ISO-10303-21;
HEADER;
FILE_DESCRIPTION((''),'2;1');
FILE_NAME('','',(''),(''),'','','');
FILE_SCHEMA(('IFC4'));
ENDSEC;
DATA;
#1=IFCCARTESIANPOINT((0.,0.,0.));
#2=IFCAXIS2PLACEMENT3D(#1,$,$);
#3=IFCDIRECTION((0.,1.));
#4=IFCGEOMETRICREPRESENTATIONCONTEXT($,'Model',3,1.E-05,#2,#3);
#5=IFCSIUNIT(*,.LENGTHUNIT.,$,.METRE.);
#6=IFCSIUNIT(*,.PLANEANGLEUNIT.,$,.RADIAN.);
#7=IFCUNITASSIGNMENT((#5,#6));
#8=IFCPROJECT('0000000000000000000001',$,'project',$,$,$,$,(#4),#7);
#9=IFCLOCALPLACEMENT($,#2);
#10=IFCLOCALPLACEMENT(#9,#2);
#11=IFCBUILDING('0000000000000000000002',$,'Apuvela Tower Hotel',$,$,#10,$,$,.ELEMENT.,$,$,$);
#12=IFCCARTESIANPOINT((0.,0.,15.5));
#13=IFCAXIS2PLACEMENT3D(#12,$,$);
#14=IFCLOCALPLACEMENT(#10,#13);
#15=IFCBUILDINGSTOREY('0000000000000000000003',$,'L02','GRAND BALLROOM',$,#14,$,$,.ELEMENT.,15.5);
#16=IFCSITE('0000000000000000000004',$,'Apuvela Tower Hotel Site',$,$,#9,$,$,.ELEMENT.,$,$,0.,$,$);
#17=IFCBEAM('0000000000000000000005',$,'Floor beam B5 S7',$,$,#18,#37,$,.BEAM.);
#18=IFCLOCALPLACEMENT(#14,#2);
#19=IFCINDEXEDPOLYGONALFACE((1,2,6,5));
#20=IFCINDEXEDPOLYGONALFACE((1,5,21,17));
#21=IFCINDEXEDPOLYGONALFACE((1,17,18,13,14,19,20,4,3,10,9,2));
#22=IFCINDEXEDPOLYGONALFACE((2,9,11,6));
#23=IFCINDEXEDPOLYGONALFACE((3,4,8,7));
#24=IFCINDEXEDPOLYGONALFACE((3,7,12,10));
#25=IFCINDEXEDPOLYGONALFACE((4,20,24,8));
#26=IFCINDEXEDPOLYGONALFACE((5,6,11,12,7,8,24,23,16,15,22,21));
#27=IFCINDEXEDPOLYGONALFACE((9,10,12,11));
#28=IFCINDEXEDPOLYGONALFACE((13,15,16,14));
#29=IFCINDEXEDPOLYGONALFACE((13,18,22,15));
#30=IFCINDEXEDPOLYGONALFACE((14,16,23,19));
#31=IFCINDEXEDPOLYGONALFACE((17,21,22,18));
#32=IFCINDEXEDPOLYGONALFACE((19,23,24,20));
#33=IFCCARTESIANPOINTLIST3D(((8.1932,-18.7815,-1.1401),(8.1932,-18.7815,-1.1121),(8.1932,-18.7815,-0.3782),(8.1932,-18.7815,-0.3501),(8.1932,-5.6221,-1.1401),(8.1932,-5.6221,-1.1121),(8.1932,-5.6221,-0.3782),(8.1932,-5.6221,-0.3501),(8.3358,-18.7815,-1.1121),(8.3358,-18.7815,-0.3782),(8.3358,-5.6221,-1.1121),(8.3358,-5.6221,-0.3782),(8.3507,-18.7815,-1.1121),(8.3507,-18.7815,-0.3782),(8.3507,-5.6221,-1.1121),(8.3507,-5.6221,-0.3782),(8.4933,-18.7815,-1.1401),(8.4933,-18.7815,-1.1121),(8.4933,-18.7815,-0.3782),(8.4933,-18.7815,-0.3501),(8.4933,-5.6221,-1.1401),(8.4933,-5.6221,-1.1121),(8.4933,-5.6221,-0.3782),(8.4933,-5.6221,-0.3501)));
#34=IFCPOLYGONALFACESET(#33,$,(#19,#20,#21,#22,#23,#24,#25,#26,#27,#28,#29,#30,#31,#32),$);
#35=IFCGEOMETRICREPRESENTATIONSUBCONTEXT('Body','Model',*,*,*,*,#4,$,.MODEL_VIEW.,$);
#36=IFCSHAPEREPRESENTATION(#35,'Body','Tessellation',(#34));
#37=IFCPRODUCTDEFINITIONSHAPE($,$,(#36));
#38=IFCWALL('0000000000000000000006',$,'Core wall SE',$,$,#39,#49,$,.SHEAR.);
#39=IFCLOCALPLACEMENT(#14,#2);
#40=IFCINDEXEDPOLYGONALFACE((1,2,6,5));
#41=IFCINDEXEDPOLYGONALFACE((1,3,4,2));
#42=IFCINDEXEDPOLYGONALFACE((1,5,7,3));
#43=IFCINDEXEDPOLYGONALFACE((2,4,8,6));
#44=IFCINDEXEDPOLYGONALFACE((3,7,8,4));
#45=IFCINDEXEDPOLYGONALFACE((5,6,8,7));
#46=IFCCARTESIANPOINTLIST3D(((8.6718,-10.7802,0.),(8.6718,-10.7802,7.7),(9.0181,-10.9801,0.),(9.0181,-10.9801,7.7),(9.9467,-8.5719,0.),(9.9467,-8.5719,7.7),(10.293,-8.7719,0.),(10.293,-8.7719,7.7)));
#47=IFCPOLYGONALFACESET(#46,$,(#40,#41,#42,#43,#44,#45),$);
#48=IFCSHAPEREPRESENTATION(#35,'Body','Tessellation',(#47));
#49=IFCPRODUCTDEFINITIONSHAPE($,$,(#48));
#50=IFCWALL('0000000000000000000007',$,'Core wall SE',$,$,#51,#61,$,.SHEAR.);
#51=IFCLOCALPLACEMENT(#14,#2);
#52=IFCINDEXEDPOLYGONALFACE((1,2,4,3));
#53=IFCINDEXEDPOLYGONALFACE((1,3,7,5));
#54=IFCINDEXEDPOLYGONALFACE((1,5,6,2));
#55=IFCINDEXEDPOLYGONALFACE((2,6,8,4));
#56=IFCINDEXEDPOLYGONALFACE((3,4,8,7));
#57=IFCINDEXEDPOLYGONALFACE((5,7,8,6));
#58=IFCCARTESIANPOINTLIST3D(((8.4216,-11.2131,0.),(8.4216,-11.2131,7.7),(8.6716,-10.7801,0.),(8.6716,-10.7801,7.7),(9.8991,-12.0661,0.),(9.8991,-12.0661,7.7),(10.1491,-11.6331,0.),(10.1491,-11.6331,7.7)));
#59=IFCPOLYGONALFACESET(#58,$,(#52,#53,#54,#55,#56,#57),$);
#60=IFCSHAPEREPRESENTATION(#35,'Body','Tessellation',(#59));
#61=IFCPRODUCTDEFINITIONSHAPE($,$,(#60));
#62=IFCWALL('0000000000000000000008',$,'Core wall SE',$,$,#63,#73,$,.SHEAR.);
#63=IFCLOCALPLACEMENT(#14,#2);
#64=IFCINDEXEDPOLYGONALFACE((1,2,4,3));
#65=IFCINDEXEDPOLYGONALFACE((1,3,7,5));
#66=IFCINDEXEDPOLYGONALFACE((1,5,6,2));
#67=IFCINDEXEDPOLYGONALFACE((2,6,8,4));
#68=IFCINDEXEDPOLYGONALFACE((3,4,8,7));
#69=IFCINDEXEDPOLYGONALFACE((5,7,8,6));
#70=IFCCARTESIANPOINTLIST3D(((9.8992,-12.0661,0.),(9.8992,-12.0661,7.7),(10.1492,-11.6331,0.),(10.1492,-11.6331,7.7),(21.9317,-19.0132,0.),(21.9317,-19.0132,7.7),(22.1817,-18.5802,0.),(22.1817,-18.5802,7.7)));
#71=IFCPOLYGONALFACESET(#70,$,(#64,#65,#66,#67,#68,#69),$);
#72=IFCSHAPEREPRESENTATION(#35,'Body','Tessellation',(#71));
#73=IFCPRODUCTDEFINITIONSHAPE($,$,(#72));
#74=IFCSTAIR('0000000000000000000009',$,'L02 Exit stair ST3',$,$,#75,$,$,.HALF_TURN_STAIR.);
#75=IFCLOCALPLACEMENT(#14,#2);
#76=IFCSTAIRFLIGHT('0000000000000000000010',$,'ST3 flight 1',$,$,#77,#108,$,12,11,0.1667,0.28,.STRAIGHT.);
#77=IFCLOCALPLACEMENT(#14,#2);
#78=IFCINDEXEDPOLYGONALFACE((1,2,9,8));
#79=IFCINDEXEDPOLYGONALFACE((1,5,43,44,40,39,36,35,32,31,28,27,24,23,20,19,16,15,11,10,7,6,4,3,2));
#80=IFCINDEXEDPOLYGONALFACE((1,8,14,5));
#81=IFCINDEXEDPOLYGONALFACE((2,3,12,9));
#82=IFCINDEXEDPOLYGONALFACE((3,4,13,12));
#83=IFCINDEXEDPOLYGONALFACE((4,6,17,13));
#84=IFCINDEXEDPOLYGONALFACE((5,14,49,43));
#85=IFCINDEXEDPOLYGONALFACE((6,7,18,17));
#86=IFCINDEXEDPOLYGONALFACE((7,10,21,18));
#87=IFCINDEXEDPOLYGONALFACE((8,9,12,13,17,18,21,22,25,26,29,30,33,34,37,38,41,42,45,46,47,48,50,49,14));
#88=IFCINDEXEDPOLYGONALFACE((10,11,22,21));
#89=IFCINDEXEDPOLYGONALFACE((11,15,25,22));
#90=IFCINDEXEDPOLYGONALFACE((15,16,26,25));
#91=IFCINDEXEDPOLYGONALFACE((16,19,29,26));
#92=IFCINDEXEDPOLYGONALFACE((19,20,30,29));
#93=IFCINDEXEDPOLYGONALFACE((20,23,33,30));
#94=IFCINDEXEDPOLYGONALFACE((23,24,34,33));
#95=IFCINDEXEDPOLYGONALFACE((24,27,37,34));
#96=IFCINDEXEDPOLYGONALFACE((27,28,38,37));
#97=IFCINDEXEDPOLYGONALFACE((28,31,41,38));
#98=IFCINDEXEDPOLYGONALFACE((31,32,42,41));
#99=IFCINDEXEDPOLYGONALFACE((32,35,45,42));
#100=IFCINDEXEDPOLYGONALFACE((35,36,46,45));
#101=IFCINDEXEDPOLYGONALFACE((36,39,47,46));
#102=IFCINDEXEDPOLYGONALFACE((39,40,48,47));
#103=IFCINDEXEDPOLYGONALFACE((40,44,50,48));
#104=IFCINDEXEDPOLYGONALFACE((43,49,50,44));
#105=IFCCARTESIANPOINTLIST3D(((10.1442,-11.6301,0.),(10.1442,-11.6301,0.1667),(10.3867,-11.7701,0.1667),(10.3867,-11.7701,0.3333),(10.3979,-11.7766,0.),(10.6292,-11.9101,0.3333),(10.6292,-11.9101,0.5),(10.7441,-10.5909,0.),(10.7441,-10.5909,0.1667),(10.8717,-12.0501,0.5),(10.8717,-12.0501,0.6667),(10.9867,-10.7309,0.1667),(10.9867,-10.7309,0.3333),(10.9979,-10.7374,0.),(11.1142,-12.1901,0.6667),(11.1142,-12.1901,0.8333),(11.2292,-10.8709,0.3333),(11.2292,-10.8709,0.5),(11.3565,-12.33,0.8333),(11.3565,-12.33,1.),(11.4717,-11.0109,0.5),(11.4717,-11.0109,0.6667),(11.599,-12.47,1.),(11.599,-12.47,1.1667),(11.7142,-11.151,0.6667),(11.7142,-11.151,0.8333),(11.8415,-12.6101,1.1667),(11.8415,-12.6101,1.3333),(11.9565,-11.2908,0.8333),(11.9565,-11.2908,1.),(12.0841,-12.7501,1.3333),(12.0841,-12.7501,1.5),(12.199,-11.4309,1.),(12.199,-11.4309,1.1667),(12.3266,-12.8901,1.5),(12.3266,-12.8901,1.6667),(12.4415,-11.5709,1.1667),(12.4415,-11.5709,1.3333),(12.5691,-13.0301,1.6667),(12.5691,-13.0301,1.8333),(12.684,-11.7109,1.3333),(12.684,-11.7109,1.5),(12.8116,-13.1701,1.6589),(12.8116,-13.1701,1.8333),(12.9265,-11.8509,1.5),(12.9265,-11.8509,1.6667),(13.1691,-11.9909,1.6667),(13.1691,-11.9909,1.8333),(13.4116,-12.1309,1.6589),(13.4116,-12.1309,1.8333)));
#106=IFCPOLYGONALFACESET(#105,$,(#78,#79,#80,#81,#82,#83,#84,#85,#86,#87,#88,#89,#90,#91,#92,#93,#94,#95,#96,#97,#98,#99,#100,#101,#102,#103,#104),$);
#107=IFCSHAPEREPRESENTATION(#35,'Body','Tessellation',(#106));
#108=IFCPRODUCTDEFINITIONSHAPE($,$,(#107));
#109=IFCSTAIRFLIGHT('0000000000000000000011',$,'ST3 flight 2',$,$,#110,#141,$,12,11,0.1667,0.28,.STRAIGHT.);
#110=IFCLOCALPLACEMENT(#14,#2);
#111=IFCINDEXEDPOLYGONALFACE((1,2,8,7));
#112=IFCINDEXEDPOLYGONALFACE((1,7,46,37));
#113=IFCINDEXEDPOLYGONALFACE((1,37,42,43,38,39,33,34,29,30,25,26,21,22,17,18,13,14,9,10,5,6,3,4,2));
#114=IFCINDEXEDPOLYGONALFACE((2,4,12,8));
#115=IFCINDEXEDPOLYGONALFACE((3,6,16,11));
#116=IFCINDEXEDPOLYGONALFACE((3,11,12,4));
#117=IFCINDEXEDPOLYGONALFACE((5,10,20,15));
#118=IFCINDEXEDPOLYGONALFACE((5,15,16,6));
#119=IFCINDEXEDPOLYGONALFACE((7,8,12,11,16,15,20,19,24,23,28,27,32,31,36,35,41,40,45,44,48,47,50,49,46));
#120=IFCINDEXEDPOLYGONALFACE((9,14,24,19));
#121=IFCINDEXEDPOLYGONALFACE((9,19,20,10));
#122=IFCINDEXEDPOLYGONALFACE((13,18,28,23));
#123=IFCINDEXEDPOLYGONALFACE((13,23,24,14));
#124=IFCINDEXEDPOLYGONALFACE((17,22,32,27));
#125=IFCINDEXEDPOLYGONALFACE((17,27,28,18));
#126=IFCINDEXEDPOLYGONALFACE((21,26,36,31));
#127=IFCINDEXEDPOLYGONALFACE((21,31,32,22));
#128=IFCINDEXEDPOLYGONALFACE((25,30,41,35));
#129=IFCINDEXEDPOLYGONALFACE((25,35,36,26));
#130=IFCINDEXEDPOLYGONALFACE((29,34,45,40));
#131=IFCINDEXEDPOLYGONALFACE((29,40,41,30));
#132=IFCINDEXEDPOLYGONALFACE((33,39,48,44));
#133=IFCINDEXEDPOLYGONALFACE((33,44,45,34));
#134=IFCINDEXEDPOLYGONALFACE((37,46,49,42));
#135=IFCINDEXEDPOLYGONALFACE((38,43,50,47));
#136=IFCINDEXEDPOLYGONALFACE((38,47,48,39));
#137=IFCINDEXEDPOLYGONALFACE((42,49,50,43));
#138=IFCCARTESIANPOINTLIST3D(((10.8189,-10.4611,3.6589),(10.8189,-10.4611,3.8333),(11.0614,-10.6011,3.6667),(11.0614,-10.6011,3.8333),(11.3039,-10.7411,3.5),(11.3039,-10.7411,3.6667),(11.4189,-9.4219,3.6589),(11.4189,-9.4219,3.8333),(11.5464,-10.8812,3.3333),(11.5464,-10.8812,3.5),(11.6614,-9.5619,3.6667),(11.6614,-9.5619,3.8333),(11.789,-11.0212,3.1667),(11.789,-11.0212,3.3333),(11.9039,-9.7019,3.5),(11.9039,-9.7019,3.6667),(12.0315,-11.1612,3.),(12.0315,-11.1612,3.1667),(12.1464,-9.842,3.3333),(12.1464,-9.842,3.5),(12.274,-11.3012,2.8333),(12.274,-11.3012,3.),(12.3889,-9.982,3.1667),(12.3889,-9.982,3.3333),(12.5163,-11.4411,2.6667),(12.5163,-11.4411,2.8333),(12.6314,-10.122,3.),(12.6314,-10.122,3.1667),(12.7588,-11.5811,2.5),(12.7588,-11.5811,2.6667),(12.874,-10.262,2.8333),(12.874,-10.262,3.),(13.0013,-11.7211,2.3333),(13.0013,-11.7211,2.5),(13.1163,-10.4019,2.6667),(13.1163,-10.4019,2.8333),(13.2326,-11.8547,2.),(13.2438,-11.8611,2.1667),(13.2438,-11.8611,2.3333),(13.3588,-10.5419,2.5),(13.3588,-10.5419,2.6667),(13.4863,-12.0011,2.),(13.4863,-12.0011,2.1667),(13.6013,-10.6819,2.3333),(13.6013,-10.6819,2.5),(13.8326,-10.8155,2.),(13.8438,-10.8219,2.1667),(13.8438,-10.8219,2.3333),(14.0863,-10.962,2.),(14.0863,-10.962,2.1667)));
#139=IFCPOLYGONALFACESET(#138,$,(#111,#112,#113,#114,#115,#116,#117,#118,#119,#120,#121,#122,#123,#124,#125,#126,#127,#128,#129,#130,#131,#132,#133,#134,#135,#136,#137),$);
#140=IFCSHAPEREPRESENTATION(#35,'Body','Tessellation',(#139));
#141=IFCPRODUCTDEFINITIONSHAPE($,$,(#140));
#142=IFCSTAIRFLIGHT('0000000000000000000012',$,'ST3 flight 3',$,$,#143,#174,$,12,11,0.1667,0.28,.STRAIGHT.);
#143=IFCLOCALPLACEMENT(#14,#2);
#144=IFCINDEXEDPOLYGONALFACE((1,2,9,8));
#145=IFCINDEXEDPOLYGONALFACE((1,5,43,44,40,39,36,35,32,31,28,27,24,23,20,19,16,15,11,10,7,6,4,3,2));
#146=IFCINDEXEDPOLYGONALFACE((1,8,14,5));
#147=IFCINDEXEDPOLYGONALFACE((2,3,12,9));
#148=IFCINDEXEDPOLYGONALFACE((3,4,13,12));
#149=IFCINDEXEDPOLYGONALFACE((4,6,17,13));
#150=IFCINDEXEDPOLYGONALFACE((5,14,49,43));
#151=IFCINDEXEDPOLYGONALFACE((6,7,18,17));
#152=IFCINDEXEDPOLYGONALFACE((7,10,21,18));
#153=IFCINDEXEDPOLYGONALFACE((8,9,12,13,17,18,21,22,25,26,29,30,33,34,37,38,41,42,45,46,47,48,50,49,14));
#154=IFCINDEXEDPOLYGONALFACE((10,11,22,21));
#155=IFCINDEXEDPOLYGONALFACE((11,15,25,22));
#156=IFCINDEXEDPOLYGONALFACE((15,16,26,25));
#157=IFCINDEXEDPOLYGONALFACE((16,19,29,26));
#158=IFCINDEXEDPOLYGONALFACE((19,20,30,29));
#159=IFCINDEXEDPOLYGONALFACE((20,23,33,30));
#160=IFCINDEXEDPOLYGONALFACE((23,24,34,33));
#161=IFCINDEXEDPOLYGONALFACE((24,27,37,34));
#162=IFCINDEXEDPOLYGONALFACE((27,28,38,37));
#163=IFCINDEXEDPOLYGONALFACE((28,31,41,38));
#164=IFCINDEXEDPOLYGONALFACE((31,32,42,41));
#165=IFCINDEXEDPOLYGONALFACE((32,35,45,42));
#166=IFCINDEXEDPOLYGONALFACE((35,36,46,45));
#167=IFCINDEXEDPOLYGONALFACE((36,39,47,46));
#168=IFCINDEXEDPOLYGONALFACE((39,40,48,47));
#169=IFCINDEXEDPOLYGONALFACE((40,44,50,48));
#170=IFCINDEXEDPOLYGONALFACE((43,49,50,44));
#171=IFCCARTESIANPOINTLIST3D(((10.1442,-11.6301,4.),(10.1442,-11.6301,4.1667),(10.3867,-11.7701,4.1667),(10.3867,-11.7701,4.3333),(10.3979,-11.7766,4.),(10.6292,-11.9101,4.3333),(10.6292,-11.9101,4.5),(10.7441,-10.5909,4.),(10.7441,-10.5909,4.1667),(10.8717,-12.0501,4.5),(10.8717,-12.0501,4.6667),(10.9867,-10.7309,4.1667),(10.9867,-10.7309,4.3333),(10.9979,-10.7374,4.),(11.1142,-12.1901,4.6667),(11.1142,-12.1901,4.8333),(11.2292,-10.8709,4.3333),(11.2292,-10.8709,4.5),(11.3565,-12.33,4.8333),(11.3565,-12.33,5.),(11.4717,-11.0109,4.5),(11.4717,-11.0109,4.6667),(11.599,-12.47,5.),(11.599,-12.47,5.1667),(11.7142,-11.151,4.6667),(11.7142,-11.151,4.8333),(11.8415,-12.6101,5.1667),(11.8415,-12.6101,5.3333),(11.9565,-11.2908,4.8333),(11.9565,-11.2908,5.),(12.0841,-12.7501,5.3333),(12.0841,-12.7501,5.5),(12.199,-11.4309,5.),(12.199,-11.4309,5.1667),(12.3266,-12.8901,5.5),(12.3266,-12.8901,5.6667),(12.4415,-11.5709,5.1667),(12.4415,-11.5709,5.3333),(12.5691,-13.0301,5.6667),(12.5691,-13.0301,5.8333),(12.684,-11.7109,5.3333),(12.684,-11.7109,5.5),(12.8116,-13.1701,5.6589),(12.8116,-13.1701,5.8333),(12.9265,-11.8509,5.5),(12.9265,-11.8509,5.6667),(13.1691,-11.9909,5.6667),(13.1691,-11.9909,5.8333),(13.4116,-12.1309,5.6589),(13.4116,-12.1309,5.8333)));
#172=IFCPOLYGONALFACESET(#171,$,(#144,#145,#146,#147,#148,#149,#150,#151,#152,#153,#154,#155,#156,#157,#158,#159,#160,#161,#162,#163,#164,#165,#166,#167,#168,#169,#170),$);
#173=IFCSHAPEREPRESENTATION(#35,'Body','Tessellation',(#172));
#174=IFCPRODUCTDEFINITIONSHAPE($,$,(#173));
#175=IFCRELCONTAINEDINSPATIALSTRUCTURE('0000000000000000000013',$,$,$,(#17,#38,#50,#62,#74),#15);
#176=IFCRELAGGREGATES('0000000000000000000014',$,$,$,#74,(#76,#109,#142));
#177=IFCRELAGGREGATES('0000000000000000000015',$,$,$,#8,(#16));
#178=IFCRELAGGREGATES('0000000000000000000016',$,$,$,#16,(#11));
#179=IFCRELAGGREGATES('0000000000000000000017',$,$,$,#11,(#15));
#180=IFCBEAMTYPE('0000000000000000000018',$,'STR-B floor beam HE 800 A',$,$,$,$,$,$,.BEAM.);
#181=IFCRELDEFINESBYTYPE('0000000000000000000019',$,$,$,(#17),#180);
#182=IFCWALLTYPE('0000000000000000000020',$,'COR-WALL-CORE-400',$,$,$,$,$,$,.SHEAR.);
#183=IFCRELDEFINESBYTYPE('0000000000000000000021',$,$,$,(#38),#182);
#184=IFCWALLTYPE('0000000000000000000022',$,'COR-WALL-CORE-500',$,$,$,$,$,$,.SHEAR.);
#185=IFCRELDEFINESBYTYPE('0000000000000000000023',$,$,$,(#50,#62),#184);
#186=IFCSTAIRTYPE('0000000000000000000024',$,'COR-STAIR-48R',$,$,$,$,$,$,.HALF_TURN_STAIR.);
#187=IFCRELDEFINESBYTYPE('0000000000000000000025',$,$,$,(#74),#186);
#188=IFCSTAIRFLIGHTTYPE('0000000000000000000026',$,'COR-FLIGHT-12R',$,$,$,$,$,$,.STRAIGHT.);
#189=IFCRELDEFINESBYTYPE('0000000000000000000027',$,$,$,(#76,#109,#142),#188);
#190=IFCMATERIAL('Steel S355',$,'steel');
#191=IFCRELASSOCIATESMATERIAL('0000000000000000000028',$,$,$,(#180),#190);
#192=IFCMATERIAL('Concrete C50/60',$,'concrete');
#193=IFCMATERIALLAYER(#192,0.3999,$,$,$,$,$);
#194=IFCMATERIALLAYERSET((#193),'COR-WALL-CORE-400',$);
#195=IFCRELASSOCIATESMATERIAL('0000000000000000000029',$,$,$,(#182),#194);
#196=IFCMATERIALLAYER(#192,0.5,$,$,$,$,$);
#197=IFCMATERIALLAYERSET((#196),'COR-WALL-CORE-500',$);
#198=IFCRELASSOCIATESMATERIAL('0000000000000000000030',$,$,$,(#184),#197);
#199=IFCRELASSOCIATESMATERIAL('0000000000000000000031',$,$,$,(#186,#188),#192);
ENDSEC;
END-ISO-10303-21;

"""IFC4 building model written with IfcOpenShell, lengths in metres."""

from ifc_helpers import new_model, si_unit, direction, frame, frame_2d, origin, origin_2d, place, context, subcontext, project, spatial, polyline, rectangle, i_section, outline, extrude, material, layer, layer_set, material_profile, profile_set, type_object, element, aggregate, save


model = new_model("IFC4")

# Units and contexts
model_context = context("Model", 3, precision=1e-05, world=origin(), true_north=direction((0.0, 1.0)))
body_context = subcontext(model_context, "Body", "Model", "MODEL_VIEW")
ifc_project = project(units=[si_unit("LENGTHUNIT", "METRE"), si_unit("PLANEANGLEUNIT", "RADIAN")], contexts=[model_context])

# Site, building, storey
site_placement = place(None, origin())
site = spatial("IfcSite", under=ifc_project, at=site_placement, Name="Apuvela Tower Hotel Site", CompositionType="ELEMENT", RefElevation=0.0)
building_placement = place(site_placement, origin())
building = spatial("IfcBuilding", under=site, at=building_placement, Name="Apuvela Tower Hotel", CompositionType="ELEMENT")
storey_placement = place(building_placement, frame((0.0, 0.0, 15.5)))
storey = spatial("IfcBuildingStorey", under=building, at=storey_placement, Name="L02", Description="GRAND BALLROOM", CompositionType="ELEMENT", Elevation=15.5)

# Beam
ifc_material_1 = material(Name="Steel S355", Category="steel")
ifc_material_profile = material_profile(ifc_material_1, i_section(OverallWidth=0.3, OverallDepth=0.79, WebThickness=0.0149, FlangeThickness=0.0281, at=origin_2d()), Name="HE 800 A")
ifc_profile_set = profile_set([ifc_material_profile], Name="Steel S355")
beam_type = type_object("IfcBeamType", Name="STR-B floor beam HE 800 A", PredefinedType="BEAM", material=ifc_profile_set)
beam_placement = place(storey_placement, frame((8.3433, -18.7815, -0.7451), z_axis=(0.0, 1.0, 0.0), x_axis=(-1.0, 0.0, 0.0)))
element("IfcBeam", 1, at=beam_placement, inside=storey, type_object=beam_type, Name="Floor beam B5 S7", PredefinedType="BEAM", context=body_context, shape_type="SweptSolid", body=[
    extrude(i_section(OverallWidth=0.3, OverallDepth=0.79, WebThickness=0.0149, FlangeThickness=0.0281, at=origin_2d()), origin(), (0.0, 0.0, 1.0), 13.1594),
])

# Walls
ifc_material_2 = material(Name="Concrete C50/60", Category="concrete")
ifc_layer_1 = layer(ifc_material_2, 0.3999)
ifc_layer_set_1 = layer_set([ifc_layer_1], Name="COR-WALL-CORE-400")
wall_type_1 = type_object("IfcWallType", Name="COR-WALL-CORE-400", PredefinedType="SHEAR", material=ifc_layer_set_1)
wall_1_placement = place(storey_placement, frame((8.845, -10.8801, 0.0), z_axis=(0.0, 0.0, 1.0), x_axis=(0.49999, 0.866031, 0.0)))
element("IfcWall", 2, at=wall_1_placement, inside=storey, type_object=wall_type_1, Name="Core wall SE", PredefinedType="SHEAR", context=body_context, shape_type="SweptSolid", body=[
    extrude(rectangle(XDim=2.5498, YDim=0.3999, at=frame_2d((1.2749, 0.0))), origin(), (0.0, 0.0, 1.0), 7.7),
])
ifc_layer_2 = layer(ifc_material_2, 0.5)
ifc_layer_set_2 = layer_set([ifc_layer_2], Name="COR-WALL-CORE-500")
wall_type_2 = type_object("IfcWallType", Name="COR-WALL-CORE-500", PredefinedType="SHEAR", material=ifc_layer_set_2)
wall_2_placement = place(storey_placement, frame((8.5466, -10.9966, 0.0), z_axis=(0.0, 0.0, 1.0), x_axis=(0.866033, -0.499987, 0.0)))
element("IfcWall", 3, at=wall_2_placement, inside=storey, type_object=wall_type_2, Name="Core wall SE", PredefinedType="SHEAR", context=body_context, shape_type="SweptSolid", body=[
    extrude(rectangle(XDim=1.7061, YDim=0.5, at=frame_2d((0.853, 0.0))), origin(), (0.0, 0.0, 1.0), 7.7),
])
wall_3_placement = place(storey_placement, frame((10.0242, -11.8496, 0.0), z_axis=(0.0, 0.0, 1.0), x_axis=(0.866023, -0.500004, 0.0)))
element("IfcWall", 4, at=wall_3_placement, inside=storey, type_object=wall_type_2, Name="Core wall SE", PredefinedType="SHEAR", context=body_context, shape_type="SweptSolid", body=[
    extrude(rectangle(XDim=13.894, YDim=0.5, at=frame_2d((6.947, 0.0))), origin(), (0.0, 0.0, 1.0), 7.7),
])

# Stair, stair flights
stair_type = type_object("IfcStairType", Name="COR-STAIR-48R", PredefinedType="HALF_TURN_STAIR", material=ifc_material_2)
stair_placement = place(storey_placement, origin())
stair = element("IfcStair", 5, at=stair_placement, inside=storey, type_object=stair_type, Name="L02 Exit stair ST3", PredefinedType="HALF_TURN_STAIR")
stair_flight_type = type_object("IfcStairFlightType", Name="COR-FLIGHT-12R", PredefinedType="STRAIGHT", material=ifc_material_2)
stair_flight_1_placement = place(storey_placement, frame((10.4441, -11.1106, 0.0), z_axis=(0.0, 0.0, 1.0), x_axis=(0.866025, -0.5, 0.0)))
stair_flight_1 = element("IfcStairFlight", 6, at=stair_flight_1_placement, type_object=stair_flight_type, Name="ST3 flight 1", NumberOfRisers=12, NumberOfTreads=11, PredefinedType="STRAIGHT", RiserHeight=0.1667, TreadLength=0.28, context=body_context, shape_type="SweptSolid", body=[
    extrude(outline(polyline([(0.0, 0.0), (0.0, 0.1667), (0.28, 0.1667), (0.28, 0.3333), (0.5601, 0.3333), (0.5601, 0.5), (0.8401, 0.5), (0.8401, 0.6667), (1.1201, 0.6667), (1.1201, 0.8333), (1.3999, 0.8333), (1.3999, 1.0), (1.6799, 1.0), (1.6799, 1.1667), (1.96, 1.1667), (1.96, 1.3333), (2.24, 1.3333), (2.24, 1.5), (2.52, 1.5), (2.52, 1.6667), (2.8, 1.6667), (2.8, 1.8333), (3.0801, 1.8333), (3.0801, 2.0), (3.0801, 1.6589), (0.293, 0.0), (0.0, 0.0)])), frame((0.0, 0.6001, 0.0), z_axis=(0.0, -1.0, 0.0), x_axis=(1.0, 0.0, 0.0)), (0.0, 0.0, 1.0), 1.2),
])
stair_flight_2_placement = place(storey_placement, frame((13.7864, -11.4814, 2.0), z_axis=(0.0, 0.0, 1.0), x_axis=(-0.866025, 0.5, 0.0)))
stair_flight_2 = element("IfcStairFlight", 7, at=stair_flight_2_placement, type_object=stair_flight_type, Name="ST3 flight 2", NumberOfRisers=12, NumberOfTreads=11, PredefinedType="STRAIGHT", RiserHeight=0.1667, TreadLength=0.28, context=body_context, shape_type="SweptSolid", body=[
    extrude(outline(polyline([(0.0, 0.0), (0.0, 0.1667), (0.28, 0.1667), (0.28, 0.3333), (0.5601, 0.3333), (0.5601, 0.5), (0.8401, 0.5), (0.8401, 0.6667), (1.1201, 0.6667), (1.1201, 0.8333), (1.3999, 0.8333), (1.3999, 1.0), (1.6799, 1.0), (1.6799, 1.1667), (1.96, 1.1667), (1.96, 1.3333), (2.24, 1.3333), (2.24, 1.5), (2.52, 1.5), (2.52, 1.6667), (2.8, 1.6667), (2.8, 1.8333), (3.0801, 1.8333), (3.0801, 2.0), (3.0801, 1.6589), (0.293, 0.0), (0.0, 0.0)])), frame((0.0, 0.6001, 0.0), z_axis=(0.0, -1.0, 0.0), x_axis=(1.0, 0.0, 0.0)), (0.0, 0.0, 1.0), 1.2),
])
stair_flight_3_placement = place(storey_placement, frame((10.4441, -11.1106, 4.0), z_axis=(0.0, 0.0, 1.0), x_axis=(0.866025, -0.5, 0.0)))
stair_flight_3 = element("IfcStairFlight", 8, at=stair_flight_3_placement, type_object=stair_flight_type, Name="ST3 flight 3", NumberOfRisers=12, NumberOfTreads=11, PredefinedType="STRAIGHT", RiserHeight=0.1667, TreadLength=0.28, context=body_context, shape_type="SweptSolid", body=[
    extrude(outline(polyline([(0.0, 0.0), (0.0, 0.1667), (0.28, 0.1667), (0.28, 0.3333), (0.5601, 0.3333), (0.5601, 0.5), (0.8401, 0.5), (0.8401, 0.6667), (1.1201, 0.6667), (1.1201, 0.8333), (1.3999, 0.8333), (1.3999, 1.0), (1.6799, 1.0), (1.6799, 1.1667), (1.96, 1.1667), (1.96, 1.3333), (2.24, 1.3333), (2.24, 1.5), (2.52, 1.5), (2.52, 1.6667), (2.8, 1.6667), (2.8, 1.8333), (3.0801, 1.8333), (3.0801, 2.0), (3.0801, 1.6589), (0.293, 0.0), (0.0, 0.0)])), frame((0.0, 0.6001, 0.0), z_axis=(0.0, -1.0, 0.0), x_axis=(1.0, 0.0, 0.0)), (0.0, 0.0, 1.0), 1.2),
])
aggregate(stair, [stair_flight_1, stair_flight_2, stair_flight_3])

save(model, "model.ifc")
